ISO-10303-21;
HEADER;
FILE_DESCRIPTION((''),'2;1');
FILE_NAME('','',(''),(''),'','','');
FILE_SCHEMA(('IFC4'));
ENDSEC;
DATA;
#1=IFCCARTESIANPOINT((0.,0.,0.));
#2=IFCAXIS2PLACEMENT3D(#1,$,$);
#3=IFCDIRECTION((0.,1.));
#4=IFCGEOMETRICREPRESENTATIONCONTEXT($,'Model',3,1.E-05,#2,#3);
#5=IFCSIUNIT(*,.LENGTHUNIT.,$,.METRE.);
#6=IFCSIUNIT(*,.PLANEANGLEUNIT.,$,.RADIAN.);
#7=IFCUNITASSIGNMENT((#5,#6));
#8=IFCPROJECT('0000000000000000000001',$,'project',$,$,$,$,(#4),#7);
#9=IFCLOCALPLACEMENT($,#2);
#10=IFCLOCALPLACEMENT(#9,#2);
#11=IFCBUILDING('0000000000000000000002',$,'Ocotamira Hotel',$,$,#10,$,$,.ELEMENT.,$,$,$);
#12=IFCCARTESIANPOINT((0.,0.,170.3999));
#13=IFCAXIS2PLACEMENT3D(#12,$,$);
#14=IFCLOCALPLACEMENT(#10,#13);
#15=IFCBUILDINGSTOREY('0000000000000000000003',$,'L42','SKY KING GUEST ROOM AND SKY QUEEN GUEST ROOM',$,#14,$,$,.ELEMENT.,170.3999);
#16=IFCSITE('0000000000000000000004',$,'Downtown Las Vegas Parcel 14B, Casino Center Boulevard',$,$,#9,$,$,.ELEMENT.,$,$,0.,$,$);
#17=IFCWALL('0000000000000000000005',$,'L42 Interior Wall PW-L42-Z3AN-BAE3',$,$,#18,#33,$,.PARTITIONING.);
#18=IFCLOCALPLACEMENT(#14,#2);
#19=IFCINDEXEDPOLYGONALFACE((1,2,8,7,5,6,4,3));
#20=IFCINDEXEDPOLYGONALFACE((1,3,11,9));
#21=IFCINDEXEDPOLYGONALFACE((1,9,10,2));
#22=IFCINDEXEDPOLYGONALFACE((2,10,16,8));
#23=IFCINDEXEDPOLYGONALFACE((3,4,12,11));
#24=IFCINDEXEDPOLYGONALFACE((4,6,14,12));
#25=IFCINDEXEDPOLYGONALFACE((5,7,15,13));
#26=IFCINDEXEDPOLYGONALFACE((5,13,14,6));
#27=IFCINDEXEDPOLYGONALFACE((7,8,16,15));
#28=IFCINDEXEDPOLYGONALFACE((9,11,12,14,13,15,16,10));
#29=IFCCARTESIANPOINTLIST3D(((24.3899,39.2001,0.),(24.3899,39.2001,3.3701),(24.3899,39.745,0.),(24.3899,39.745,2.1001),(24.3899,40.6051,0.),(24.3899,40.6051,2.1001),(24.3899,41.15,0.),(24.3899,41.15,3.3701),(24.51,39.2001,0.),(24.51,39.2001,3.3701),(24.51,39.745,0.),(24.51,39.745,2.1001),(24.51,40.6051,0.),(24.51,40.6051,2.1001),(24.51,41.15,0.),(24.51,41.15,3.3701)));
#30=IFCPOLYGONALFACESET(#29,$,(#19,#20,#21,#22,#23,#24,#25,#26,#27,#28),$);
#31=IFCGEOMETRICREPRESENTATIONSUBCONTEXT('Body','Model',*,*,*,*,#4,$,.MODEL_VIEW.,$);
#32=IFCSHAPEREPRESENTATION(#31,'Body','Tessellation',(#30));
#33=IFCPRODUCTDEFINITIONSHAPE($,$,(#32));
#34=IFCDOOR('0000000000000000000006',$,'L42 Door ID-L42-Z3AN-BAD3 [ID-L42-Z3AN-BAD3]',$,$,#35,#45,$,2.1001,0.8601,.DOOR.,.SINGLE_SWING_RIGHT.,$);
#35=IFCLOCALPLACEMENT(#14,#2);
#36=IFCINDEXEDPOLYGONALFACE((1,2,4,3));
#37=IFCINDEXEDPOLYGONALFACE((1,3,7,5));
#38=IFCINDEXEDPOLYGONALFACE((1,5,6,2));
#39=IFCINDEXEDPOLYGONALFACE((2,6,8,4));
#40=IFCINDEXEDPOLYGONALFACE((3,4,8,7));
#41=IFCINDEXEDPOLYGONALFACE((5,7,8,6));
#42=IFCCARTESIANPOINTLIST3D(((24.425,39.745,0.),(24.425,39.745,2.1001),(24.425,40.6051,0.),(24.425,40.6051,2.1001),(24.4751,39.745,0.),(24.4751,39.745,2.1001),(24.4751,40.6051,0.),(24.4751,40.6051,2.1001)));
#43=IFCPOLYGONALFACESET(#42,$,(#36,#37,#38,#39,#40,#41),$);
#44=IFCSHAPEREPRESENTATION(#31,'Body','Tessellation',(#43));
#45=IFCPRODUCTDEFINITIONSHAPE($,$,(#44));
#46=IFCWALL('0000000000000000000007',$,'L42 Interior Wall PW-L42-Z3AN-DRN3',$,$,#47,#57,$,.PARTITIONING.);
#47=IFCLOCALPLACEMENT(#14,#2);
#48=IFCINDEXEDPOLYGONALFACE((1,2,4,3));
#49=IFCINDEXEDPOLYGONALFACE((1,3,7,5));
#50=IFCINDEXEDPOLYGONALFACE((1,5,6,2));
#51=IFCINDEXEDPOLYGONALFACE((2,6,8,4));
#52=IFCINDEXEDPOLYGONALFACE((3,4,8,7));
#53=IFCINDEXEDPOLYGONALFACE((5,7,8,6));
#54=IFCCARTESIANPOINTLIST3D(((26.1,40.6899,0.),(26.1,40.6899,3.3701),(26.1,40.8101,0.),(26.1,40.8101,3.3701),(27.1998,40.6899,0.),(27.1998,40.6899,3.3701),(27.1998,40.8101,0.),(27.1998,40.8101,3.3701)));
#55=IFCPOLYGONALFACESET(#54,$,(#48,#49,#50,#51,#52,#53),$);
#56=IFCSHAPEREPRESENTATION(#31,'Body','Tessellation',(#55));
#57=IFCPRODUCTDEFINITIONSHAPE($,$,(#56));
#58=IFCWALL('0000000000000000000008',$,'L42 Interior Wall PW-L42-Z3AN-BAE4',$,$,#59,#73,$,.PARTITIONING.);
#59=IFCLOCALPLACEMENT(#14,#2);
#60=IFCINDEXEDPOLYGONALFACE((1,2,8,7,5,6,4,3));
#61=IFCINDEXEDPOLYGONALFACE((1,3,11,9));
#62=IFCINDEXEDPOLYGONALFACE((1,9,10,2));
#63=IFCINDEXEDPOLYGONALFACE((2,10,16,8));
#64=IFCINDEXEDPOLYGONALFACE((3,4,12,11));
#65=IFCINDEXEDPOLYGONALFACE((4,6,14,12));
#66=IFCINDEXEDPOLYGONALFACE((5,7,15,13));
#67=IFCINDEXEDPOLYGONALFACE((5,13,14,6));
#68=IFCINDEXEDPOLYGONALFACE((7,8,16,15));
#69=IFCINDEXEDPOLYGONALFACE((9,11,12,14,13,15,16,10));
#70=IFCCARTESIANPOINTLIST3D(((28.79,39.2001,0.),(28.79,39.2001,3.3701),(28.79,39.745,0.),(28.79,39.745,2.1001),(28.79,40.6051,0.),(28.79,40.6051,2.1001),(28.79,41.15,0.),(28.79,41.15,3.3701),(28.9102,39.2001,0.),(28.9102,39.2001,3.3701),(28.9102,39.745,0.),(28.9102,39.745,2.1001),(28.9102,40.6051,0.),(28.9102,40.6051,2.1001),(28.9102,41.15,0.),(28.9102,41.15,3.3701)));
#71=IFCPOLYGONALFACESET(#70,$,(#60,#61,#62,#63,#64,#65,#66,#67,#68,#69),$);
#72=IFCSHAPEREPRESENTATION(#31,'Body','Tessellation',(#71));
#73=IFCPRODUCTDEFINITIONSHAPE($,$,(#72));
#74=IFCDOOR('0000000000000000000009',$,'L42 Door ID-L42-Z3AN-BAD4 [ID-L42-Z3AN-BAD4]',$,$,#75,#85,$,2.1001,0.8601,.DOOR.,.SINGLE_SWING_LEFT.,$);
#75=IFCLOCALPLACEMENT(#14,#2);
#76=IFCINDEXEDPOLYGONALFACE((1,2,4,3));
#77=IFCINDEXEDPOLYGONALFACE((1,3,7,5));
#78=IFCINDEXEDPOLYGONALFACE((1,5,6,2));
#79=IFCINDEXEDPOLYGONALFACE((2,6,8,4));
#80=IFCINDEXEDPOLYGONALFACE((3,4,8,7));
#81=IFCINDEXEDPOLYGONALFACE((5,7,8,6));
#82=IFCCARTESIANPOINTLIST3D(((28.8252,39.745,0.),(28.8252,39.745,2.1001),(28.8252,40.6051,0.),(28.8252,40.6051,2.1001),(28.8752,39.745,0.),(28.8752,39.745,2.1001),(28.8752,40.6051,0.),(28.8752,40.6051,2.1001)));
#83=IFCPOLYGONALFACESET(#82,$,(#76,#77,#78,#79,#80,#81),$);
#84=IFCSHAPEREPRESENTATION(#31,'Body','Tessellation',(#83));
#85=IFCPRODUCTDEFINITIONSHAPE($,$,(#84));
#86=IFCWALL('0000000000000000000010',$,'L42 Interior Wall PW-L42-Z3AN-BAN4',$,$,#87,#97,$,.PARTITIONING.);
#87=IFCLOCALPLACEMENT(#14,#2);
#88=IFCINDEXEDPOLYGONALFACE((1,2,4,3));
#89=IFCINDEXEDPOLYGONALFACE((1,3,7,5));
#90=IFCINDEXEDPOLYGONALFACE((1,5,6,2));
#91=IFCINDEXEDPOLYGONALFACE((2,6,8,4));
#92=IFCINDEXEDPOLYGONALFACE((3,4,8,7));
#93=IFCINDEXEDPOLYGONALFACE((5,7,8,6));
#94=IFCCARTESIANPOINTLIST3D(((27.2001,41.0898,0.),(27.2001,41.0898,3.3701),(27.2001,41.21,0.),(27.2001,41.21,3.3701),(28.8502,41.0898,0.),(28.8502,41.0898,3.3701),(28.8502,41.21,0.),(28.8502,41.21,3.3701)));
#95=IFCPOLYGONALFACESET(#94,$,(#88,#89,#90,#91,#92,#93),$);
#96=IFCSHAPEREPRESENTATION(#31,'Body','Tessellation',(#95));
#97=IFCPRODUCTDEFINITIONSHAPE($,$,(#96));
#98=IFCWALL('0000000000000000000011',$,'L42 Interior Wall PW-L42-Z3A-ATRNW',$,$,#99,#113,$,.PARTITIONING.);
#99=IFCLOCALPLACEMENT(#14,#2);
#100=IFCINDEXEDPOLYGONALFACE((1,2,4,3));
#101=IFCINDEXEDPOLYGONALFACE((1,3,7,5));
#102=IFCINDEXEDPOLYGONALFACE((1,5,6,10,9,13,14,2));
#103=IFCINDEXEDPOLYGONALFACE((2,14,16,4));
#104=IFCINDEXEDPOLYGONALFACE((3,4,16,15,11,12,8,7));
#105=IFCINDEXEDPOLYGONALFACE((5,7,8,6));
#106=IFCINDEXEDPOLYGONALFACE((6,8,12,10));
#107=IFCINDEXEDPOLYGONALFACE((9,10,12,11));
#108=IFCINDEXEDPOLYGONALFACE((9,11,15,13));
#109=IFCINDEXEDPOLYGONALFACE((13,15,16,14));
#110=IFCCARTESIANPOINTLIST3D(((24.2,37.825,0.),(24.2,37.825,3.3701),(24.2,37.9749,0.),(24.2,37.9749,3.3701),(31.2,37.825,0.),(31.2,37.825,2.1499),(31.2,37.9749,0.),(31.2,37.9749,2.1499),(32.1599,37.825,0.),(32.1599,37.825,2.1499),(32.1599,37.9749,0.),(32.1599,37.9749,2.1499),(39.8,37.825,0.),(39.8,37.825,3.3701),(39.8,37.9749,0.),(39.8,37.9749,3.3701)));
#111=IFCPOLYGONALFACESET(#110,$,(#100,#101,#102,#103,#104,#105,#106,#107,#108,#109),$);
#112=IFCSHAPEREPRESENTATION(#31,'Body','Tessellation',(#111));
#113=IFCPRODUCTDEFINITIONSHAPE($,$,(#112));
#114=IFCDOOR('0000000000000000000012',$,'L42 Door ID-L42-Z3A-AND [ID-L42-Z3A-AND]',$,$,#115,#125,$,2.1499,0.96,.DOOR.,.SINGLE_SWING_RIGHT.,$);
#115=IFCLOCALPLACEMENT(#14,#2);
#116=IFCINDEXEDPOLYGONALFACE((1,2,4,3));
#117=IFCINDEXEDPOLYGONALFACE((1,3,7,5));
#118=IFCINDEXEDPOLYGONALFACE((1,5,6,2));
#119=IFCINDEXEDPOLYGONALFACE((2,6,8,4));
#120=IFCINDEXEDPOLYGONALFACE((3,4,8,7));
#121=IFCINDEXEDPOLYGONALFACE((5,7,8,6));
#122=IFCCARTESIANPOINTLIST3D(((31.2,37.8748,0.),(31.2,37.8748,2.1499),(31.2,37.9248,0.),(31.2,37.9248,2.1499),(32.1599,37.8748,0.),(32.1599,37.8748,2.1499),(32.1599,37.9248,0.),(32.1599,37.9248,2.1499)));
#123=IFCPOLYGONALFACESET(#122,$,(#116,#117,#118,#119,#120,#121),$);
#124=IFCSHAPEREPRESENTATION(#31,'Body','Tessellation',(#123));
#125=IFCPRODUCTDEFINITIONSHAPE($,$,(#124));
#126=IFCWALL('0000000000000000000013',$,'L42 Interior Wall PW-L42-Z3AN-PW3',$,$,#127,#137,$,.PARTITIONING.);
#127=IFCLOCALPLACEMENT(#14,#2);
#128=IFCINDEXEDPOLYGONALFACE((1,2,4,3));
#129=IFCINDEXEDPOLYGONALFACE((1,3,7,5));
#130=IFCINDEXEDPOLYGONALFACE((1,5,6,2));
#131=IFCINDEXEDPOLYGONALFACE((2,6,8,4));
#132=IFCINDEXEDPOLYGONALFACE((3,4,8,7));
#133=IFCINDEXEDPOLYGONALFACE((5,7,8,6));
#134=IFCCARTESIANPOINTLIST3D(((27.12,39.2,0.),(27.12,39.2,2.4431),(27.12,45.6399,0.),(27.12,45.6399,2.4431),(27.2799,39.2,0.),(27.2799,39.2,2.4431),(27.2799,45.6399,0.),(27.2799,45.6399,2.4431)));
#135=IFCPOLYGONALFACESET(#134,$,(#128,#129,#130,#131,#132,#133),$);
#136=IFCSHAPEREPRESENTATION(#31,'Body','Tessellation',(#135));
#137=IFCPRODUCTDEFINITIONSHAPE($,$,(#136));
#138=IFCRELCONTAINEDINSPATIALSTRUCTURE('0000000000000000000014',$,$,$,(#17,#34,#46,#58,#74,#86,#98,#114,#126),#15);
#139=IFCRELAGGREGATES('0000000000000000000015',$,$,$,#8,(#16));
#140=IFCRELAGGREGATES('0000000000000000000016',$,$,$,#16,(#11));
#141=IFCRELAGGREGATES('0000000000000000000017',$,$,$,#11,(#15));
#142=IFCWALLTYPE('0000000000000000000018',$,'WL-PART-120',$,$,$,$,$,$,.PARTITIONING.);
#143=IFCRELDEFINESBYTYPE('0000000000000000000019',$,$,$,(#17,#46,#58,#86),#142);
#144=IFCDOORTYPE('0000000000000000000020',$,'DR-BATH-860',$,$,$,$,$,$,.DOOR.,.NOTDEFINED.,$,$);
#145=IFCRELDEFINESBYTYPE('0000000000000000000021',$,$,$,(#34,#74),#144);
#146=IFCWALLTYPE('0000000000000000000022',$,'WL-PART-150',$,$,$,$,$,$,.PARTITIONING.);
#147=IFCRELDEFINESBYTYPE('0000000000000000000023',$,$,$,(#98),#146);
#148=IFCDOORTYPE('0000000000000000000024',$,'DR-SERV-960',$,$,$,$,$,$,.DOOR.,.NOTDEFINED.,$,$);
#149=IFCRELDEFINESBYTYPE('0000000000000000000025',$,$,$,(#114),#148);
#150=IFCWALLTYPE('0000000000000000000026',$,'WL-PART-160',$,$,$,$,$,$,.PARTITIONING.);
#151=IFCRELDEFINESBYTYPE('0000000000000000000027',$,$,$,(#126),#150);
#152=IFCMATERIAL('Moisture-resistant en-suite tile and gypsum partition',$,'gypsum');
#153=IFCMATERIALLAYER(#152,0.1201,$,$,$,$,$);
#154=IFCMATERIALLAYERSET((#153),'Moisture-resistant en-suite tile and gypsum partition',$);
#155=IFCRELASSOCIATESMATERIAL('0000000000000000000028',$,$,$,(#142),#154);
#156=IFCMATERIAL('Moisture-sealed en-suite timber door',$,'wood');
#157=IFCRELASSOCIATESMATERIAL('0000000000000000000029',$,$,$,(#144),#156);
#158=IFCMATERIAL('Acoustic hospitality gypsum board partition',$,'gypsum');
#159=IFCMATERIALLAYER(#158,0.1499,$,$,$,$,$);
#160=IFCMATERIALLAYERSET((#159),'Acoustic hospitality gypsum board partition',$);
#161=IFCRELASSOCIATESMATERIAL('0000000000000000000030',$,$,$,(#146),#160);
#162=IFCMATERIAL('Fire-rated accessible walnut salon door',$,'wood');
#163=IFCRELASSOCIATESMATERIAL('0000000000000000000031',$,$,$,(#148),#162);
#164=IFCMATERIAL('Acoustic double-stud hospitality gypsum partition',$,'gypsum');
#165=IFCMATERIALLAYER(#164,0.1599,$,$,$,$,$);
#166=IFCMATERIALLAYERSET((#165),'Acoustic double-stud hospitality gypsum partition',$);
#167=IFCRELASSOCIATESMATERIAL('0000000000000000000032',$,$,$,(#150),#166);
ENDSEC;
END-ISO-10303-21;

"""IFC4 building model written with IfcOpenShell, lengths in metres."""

from ifc_helpers import new_model, si_unit, direction, frame, frame_2d, origin, place, context, subcontext, project, spatial, rectangle, extrude, source, transform, mapped, material, layer, layer_set, type_object, element, fill, save


model = new_model("IFC4")

# Units and contexts
model_context = context("Model", 3, precision=1e-05, world=origin(), true_north=direction((0.0, 1.0)))
body_context = subcontext(model_context, "Body", "Model", "MODEL_VIEW")
ifc_project = project(units=[si_unit("LENGTHUNIT", "METRE"), si_unit("PLANEANGLEUNIT", "RADIAN")], contexts=[model_context])

# Site, building, storey
site_placement = place(None, origin())
site = spatial("IfcSite", under=ifc_project, at=site_placement, Name="Downtown Las Vegas Parcel 14B, Casino Center Boulevard", CompositionType="ELEMENT", RefElevation=0.0)
building_placement = place(site_placement, origin())
building = spatial("IfcBuilding", under=site, at=building_placement, Name="Ocotamira Hotel", CompositionType="ELEMENT")
storey_placement = place(building_placement, frame((0.0, 0.0, 170.3999)))
storey = spatial("IfcBuildingStorey", under=building, at=storey_placement, Name="L42", Description="SKY KING GUEST ROOM AND SKY QUEEN GUEST ROOM", CompositionType="ELEMENT", Elevation=170.3999)

# Wall, opening, door
ifc_material_1 = material(Name="Moisture-resistant en-suite tile and gypsum partition", Category="gypsum")
ifc_layer_1 = layer(ifc_material_1, 0.1201)
ifc_layer_set_1 = layer_set([ifc_layer_1], Name="Moisture-resistant en-suite tile and gypsum partition")
wall_type_1 = type_object("IfcWallType", Name="WL-PART-120", PredefinedType="PARTITIONING", material=ifc_layer_set_1)
wall_1_placement = place(storey_placement, frame((24.45, 39.2, 0.0), z_axis=(0.0, 0.0, 1.0), x_axis=(0.0, 1.0, 0.0)))
wall_1 = element("IfcWall", 1, at=wall_1_placement, inside=storey, type_object=wall_type_1, Name="L42 Interior Wall PW-L42-Z3AN-BAE3", PredefinedType="PARTITIONING", context=body_context, shape_type="SweptSolid", body=[
    extrude(rectangle(XDim=1.95, YDim=0.1201, at=frame_2d((0.9751, 0.0))), origin(), (0.0, 0.0, 1.0), 3.3701),
])
opening_1_placement = place(wall_1_placement, frame((0.5449, 0.0, 0.0)))
opening_1 = element("IfcOpeningElement", 2, at=opening_1_placement, cuts=wall_1, PredefinedType="OPENING", context=body_context, shape_type="SweptSolid", body=[
    extrude(rectangle(XDim=0.8601, YDim=2.1001, at=frame_2d((0.4302, 1.05))), frame((0.0, 0.0701, 0.0), z_axis=(0.0, -1.0, 0.0), x_axis=(1.0, 0.0, 0.0)), (0.0, 0.0, 1.0), 0.1401),
])
ifc_material_2 = material(Name="Moisture-sealed en-suite timber door", Category="wood")
door_type_1 = type_object("IfcDoorType", Name="DR-BATH-860", OperationType="NOTDEFINED", PredefinedType="DOOR", material=ifc_material_2)
shared_shape_1 = source(origin(), body_context, "Body", "SweptSolid", [
    extrude(rectangle(XDim=0.8601, YDim=2.1001, at=frame_2d((0.4302, 1.05))), frame((0.0, 0.0249, 0.0), z_axis=(0.0, -1.0, 0.0), x_axis=(1.0, 0.0, 0.0)), (0.0, 0.0, 1.0), 0.05),
])
door_1_placement = place(opening_1_placement, origin())
door_1 = element("IfcDoor", 3, at=door_1_placement, inside=storey, type_object=door_type_1, Name="L42 Door ID-L42-Z3AN-BAD3 [ID-L42-Z3AN-BAD3]", OperationType="SINGLE_SWING_RIGHT", OverallHeight=2.1001, OverallWidth=0.8601, PredefinedType="DOOR", context=body_context, shape_type="MappedRepresentation", body=[
    mapped(shared_shape_1, transform((0.0, 0.0, 0.0), scale=1.0)),
])
fill(opening_1, door_1)

# Wall
wall_2_placement = place(storey_placement, frame((26.1001, 40.75, 0.0), z_axis=(0.0, 0.0, 1.0), x_axis=(1.0, 0.0, 0.0)))
element("IfcWall", 4, at=wall_2_placement, inside=storey, type_object=wall_type_1, Name="L42 Interior Wall PW-L42-Z3AN-DRN3", PredefinedType="PARTITIONING", context=body_context, shape_type="SweptSolid", body=[
    extrude(rectangle(XDim=1.0999, YDim=0.1201, at=frame_2d((0.5498, 0.0))), origin(), (0.0, 0.0, 1.0), 3.3701),
])

# Wall, opening, door
wall_3_placement = place(storey_placement, frame((28.8501, 39.2, 0.0), z_axis=(0.0, 0.0, 1.0), x_axis=(0.0, 1.0, 0.0)))
wall_3 = element("IfcWall", 5, at=wall_3_placement, inside=storey, type_object=wall_type_1, Name="L42 Interior Wall PW-L42-Z3AN-BAE4", PredefinedType="PARTITIONING", context=body_context, shape_type="SweptSolid", body=[
    extrude(rectangle(XDim=1.95, YDim=0.1201, at=frame_2d((0.9751, 0.0))), origin(), (0.0, 0.0, 1.0), 3.3701),
])
opening_2_placement = place(wall_3_placement, frame((0.5449, 0.0, 0.0)))
opening_2 = element("IfcOpeningElement", 6, at=opening_2_placement, cuts=wall_3, PredefinedType="OPENING", context=body_context, shape_type="SweptSolid", body=[
    extrude(rectangle(XDim=0.8601, YDim=2.1001, at=frame_2d((0.4302, 1.05))), frame((0.0, 0.0701, 0.0), z_axis=(0.0, -1.0, 0.0), x_axis=(1.0, 0.0, 0.0)), (0.0, 0.0, 1.0), 0.1401),
])
door_2_placement = place(opening_2_placement, origin())
door_2 = element("IfcDoor", 7, at=door_2_placement, inside=storey, type_object=door_type_1, Name="L42 Door ID-L42-Z3AN-BAD4 [ID-L42-Z3AN-BAD4]", OperationType="SINGLE_SWING_LEFT", OverallHeight=2.1001, OverallWidth=0.8601, PredefinedType="DOOR", context=body_context, shape_type="MappedRepresentation", body=[
    mapped(shared_shape_1, transform((0.0, 0.0, 0.0), scale=1.0)),
])
fill(opening_2, door_2)

# Wall
wall_4_placement = place(storey_placement, frame((27.2, 41.1499, 0.0), z_axis=(0.0, 0.0, 1.0), x_axis=(1.0, 0.0, 0.0)))
element("IfcWall", 8, at=wall_4_placement, inside=storey, type_object=wall_type_1, Name="L42 Interior Wall PW-L42-Z3AN-BAN4", PredefinedType="PARTITIONING", context=body_context, shape_type="SweptSolid", body=[
    extrude(rectangle(XDim=1.6501, YDim=0.1201, at=frame_2d((0.8252, 0.0))), origin(), (0.0, 0.0, 1.0), 3.3701),
])

# Wall, opening, door
ifc_material_3 = material(Name="Acoustic hospitality gypsum board partition", Category="gypsum")
ifc_layer_2 = layer(ifc_material_3, 0.1499)
ifc_layer_set_2 = layer_set([ifc_layer_2], Name="Acoustic hospitality gypsum board partition")
wall_type_2 = type_object("IfcWallType", Name="WL-PART-150", PredefinedType="PARTITIONING", material=ifc_layer_set_2)
wall_5_placement = place(storey_placement, frame((24.2, 37.8999, 0.0), z_axis=(0.0, 0.0, 1.0), x_axis=(1.0, 0.0, 0.0)))
wall_5 = element("IfcWall", 9, at=wall_5_placement, inside=storey, type_object=wall_type_2, Name="L42 Interior Wall PW-L42-Z3A-ATRNW", PredefinedType="PARTITIONING", context=body_context, shape_type="SweptSolid", body=[
    extrude(rectangle(XDim=15.6001, YDim=0.1499, at=frame_2d((7.8, 0.0))), origin(), (0.0, 0.0, 1.0), 3.3701),
])
opening_3_placement = place(wall_5_placement, frame((7.0, 0.0, 0.0)))
opening_3 = element("IfcOpeningElement", 10, at=opening_3_placement, cuts=wall_5, PredefinedType="OPENING", context=body_context, shape_type="SweptSolid", body=[
    extrude(rectangle(XDim=0.96, YDim=2.1499, at=frame_2d((0.48, 1.075))), frame((0.0, 0.085, 0.0), z_axis=(0.0, -1.0, 0.0), x_axis=(1.0, 0.0, 0.0)), (0.0, 0.0, 1.0), 0.1699),
])
ifc_material_4 = material(Name="Fire-rated accessible walnut salon door", Category="wood")
door_type_2 = type_object("IfcDoorType", Name="DR-SERV-960", OperationType="NOTDEFINED", PredefinedType="DOOR", material=ifc_material_4)
shared_shape_2 = source(origin(), body_context, "Body", "SweptSolid", [
    extrude(rectangle(XDim=0.96, YDim=2.1499, at=frame_2d((0.48, 1.075))), frame((0.0, 0.0249, 0.0), z_axis=(0.0, -1.0, 0.0), x_axis=(1.0, 0.0, 0.0)), (0.0, 0.0, 1.0), 0.05),
])
door_3_placement = place(opening_3_placement, origin())
door_3 = element("IfcDoor", 11, at=door_3_placement, inside=storey, type_object=door_type_2, Name="L42 Door ID-L42-Z3A-AND [ID-L42-Z3A-AND]", OperationType="SINGLE_SWING_RIGHT", OverallHeight=2.1499, OverallWidth=0.96, PredefinedType="DOOR", context=body_context, shape_type="MappedRepresentation", body=[
    mapped(shared_shape_2, transform((0.0, 0.0, 0.0), scale=1.0)),
])
fill(opening_3, door_3)

# Wall
ifc_material_5 = material(Name="Acoustic double-stud hospitality gypsum partition", Category="gypsum")
ifc_layer_3 = layer(ifc_material_5, 0.1599)
ifc_layer_set_3 = layer_set([ifc_layer_3], Name="Acoustic double-stud hospitality gypsum partition")
wall_type_3 = type_object("IfcWallType", Name="WL-PART-160", PredefinedType="PARTITIONING", material=ifc_layer_set_3)
wall_6_placement = place(storey_placement, frame((27.2, 39.2, 0.0), z_axis=(0.0, 0.0, 1.0), x_axis=(0.0, 1.0, 0.0)))
element("IfcWall", 12, at=wall_6_placement, inside=storey, type_object=wall_type_3, Name="L42 Interior Wall PW-L42-Z3AN-PW3", PredefinedType="PARTITIONING", context=body_context, shape_type="SweptSolid", body=[
    extrude(rectangle(XDim=6.4399, YDim=0.1599, at=frame_2d((3.22, 0.0))), origin(), (0.0, 0.0, 1.0), 2.4431),
])

save(model, "model.ifc")
